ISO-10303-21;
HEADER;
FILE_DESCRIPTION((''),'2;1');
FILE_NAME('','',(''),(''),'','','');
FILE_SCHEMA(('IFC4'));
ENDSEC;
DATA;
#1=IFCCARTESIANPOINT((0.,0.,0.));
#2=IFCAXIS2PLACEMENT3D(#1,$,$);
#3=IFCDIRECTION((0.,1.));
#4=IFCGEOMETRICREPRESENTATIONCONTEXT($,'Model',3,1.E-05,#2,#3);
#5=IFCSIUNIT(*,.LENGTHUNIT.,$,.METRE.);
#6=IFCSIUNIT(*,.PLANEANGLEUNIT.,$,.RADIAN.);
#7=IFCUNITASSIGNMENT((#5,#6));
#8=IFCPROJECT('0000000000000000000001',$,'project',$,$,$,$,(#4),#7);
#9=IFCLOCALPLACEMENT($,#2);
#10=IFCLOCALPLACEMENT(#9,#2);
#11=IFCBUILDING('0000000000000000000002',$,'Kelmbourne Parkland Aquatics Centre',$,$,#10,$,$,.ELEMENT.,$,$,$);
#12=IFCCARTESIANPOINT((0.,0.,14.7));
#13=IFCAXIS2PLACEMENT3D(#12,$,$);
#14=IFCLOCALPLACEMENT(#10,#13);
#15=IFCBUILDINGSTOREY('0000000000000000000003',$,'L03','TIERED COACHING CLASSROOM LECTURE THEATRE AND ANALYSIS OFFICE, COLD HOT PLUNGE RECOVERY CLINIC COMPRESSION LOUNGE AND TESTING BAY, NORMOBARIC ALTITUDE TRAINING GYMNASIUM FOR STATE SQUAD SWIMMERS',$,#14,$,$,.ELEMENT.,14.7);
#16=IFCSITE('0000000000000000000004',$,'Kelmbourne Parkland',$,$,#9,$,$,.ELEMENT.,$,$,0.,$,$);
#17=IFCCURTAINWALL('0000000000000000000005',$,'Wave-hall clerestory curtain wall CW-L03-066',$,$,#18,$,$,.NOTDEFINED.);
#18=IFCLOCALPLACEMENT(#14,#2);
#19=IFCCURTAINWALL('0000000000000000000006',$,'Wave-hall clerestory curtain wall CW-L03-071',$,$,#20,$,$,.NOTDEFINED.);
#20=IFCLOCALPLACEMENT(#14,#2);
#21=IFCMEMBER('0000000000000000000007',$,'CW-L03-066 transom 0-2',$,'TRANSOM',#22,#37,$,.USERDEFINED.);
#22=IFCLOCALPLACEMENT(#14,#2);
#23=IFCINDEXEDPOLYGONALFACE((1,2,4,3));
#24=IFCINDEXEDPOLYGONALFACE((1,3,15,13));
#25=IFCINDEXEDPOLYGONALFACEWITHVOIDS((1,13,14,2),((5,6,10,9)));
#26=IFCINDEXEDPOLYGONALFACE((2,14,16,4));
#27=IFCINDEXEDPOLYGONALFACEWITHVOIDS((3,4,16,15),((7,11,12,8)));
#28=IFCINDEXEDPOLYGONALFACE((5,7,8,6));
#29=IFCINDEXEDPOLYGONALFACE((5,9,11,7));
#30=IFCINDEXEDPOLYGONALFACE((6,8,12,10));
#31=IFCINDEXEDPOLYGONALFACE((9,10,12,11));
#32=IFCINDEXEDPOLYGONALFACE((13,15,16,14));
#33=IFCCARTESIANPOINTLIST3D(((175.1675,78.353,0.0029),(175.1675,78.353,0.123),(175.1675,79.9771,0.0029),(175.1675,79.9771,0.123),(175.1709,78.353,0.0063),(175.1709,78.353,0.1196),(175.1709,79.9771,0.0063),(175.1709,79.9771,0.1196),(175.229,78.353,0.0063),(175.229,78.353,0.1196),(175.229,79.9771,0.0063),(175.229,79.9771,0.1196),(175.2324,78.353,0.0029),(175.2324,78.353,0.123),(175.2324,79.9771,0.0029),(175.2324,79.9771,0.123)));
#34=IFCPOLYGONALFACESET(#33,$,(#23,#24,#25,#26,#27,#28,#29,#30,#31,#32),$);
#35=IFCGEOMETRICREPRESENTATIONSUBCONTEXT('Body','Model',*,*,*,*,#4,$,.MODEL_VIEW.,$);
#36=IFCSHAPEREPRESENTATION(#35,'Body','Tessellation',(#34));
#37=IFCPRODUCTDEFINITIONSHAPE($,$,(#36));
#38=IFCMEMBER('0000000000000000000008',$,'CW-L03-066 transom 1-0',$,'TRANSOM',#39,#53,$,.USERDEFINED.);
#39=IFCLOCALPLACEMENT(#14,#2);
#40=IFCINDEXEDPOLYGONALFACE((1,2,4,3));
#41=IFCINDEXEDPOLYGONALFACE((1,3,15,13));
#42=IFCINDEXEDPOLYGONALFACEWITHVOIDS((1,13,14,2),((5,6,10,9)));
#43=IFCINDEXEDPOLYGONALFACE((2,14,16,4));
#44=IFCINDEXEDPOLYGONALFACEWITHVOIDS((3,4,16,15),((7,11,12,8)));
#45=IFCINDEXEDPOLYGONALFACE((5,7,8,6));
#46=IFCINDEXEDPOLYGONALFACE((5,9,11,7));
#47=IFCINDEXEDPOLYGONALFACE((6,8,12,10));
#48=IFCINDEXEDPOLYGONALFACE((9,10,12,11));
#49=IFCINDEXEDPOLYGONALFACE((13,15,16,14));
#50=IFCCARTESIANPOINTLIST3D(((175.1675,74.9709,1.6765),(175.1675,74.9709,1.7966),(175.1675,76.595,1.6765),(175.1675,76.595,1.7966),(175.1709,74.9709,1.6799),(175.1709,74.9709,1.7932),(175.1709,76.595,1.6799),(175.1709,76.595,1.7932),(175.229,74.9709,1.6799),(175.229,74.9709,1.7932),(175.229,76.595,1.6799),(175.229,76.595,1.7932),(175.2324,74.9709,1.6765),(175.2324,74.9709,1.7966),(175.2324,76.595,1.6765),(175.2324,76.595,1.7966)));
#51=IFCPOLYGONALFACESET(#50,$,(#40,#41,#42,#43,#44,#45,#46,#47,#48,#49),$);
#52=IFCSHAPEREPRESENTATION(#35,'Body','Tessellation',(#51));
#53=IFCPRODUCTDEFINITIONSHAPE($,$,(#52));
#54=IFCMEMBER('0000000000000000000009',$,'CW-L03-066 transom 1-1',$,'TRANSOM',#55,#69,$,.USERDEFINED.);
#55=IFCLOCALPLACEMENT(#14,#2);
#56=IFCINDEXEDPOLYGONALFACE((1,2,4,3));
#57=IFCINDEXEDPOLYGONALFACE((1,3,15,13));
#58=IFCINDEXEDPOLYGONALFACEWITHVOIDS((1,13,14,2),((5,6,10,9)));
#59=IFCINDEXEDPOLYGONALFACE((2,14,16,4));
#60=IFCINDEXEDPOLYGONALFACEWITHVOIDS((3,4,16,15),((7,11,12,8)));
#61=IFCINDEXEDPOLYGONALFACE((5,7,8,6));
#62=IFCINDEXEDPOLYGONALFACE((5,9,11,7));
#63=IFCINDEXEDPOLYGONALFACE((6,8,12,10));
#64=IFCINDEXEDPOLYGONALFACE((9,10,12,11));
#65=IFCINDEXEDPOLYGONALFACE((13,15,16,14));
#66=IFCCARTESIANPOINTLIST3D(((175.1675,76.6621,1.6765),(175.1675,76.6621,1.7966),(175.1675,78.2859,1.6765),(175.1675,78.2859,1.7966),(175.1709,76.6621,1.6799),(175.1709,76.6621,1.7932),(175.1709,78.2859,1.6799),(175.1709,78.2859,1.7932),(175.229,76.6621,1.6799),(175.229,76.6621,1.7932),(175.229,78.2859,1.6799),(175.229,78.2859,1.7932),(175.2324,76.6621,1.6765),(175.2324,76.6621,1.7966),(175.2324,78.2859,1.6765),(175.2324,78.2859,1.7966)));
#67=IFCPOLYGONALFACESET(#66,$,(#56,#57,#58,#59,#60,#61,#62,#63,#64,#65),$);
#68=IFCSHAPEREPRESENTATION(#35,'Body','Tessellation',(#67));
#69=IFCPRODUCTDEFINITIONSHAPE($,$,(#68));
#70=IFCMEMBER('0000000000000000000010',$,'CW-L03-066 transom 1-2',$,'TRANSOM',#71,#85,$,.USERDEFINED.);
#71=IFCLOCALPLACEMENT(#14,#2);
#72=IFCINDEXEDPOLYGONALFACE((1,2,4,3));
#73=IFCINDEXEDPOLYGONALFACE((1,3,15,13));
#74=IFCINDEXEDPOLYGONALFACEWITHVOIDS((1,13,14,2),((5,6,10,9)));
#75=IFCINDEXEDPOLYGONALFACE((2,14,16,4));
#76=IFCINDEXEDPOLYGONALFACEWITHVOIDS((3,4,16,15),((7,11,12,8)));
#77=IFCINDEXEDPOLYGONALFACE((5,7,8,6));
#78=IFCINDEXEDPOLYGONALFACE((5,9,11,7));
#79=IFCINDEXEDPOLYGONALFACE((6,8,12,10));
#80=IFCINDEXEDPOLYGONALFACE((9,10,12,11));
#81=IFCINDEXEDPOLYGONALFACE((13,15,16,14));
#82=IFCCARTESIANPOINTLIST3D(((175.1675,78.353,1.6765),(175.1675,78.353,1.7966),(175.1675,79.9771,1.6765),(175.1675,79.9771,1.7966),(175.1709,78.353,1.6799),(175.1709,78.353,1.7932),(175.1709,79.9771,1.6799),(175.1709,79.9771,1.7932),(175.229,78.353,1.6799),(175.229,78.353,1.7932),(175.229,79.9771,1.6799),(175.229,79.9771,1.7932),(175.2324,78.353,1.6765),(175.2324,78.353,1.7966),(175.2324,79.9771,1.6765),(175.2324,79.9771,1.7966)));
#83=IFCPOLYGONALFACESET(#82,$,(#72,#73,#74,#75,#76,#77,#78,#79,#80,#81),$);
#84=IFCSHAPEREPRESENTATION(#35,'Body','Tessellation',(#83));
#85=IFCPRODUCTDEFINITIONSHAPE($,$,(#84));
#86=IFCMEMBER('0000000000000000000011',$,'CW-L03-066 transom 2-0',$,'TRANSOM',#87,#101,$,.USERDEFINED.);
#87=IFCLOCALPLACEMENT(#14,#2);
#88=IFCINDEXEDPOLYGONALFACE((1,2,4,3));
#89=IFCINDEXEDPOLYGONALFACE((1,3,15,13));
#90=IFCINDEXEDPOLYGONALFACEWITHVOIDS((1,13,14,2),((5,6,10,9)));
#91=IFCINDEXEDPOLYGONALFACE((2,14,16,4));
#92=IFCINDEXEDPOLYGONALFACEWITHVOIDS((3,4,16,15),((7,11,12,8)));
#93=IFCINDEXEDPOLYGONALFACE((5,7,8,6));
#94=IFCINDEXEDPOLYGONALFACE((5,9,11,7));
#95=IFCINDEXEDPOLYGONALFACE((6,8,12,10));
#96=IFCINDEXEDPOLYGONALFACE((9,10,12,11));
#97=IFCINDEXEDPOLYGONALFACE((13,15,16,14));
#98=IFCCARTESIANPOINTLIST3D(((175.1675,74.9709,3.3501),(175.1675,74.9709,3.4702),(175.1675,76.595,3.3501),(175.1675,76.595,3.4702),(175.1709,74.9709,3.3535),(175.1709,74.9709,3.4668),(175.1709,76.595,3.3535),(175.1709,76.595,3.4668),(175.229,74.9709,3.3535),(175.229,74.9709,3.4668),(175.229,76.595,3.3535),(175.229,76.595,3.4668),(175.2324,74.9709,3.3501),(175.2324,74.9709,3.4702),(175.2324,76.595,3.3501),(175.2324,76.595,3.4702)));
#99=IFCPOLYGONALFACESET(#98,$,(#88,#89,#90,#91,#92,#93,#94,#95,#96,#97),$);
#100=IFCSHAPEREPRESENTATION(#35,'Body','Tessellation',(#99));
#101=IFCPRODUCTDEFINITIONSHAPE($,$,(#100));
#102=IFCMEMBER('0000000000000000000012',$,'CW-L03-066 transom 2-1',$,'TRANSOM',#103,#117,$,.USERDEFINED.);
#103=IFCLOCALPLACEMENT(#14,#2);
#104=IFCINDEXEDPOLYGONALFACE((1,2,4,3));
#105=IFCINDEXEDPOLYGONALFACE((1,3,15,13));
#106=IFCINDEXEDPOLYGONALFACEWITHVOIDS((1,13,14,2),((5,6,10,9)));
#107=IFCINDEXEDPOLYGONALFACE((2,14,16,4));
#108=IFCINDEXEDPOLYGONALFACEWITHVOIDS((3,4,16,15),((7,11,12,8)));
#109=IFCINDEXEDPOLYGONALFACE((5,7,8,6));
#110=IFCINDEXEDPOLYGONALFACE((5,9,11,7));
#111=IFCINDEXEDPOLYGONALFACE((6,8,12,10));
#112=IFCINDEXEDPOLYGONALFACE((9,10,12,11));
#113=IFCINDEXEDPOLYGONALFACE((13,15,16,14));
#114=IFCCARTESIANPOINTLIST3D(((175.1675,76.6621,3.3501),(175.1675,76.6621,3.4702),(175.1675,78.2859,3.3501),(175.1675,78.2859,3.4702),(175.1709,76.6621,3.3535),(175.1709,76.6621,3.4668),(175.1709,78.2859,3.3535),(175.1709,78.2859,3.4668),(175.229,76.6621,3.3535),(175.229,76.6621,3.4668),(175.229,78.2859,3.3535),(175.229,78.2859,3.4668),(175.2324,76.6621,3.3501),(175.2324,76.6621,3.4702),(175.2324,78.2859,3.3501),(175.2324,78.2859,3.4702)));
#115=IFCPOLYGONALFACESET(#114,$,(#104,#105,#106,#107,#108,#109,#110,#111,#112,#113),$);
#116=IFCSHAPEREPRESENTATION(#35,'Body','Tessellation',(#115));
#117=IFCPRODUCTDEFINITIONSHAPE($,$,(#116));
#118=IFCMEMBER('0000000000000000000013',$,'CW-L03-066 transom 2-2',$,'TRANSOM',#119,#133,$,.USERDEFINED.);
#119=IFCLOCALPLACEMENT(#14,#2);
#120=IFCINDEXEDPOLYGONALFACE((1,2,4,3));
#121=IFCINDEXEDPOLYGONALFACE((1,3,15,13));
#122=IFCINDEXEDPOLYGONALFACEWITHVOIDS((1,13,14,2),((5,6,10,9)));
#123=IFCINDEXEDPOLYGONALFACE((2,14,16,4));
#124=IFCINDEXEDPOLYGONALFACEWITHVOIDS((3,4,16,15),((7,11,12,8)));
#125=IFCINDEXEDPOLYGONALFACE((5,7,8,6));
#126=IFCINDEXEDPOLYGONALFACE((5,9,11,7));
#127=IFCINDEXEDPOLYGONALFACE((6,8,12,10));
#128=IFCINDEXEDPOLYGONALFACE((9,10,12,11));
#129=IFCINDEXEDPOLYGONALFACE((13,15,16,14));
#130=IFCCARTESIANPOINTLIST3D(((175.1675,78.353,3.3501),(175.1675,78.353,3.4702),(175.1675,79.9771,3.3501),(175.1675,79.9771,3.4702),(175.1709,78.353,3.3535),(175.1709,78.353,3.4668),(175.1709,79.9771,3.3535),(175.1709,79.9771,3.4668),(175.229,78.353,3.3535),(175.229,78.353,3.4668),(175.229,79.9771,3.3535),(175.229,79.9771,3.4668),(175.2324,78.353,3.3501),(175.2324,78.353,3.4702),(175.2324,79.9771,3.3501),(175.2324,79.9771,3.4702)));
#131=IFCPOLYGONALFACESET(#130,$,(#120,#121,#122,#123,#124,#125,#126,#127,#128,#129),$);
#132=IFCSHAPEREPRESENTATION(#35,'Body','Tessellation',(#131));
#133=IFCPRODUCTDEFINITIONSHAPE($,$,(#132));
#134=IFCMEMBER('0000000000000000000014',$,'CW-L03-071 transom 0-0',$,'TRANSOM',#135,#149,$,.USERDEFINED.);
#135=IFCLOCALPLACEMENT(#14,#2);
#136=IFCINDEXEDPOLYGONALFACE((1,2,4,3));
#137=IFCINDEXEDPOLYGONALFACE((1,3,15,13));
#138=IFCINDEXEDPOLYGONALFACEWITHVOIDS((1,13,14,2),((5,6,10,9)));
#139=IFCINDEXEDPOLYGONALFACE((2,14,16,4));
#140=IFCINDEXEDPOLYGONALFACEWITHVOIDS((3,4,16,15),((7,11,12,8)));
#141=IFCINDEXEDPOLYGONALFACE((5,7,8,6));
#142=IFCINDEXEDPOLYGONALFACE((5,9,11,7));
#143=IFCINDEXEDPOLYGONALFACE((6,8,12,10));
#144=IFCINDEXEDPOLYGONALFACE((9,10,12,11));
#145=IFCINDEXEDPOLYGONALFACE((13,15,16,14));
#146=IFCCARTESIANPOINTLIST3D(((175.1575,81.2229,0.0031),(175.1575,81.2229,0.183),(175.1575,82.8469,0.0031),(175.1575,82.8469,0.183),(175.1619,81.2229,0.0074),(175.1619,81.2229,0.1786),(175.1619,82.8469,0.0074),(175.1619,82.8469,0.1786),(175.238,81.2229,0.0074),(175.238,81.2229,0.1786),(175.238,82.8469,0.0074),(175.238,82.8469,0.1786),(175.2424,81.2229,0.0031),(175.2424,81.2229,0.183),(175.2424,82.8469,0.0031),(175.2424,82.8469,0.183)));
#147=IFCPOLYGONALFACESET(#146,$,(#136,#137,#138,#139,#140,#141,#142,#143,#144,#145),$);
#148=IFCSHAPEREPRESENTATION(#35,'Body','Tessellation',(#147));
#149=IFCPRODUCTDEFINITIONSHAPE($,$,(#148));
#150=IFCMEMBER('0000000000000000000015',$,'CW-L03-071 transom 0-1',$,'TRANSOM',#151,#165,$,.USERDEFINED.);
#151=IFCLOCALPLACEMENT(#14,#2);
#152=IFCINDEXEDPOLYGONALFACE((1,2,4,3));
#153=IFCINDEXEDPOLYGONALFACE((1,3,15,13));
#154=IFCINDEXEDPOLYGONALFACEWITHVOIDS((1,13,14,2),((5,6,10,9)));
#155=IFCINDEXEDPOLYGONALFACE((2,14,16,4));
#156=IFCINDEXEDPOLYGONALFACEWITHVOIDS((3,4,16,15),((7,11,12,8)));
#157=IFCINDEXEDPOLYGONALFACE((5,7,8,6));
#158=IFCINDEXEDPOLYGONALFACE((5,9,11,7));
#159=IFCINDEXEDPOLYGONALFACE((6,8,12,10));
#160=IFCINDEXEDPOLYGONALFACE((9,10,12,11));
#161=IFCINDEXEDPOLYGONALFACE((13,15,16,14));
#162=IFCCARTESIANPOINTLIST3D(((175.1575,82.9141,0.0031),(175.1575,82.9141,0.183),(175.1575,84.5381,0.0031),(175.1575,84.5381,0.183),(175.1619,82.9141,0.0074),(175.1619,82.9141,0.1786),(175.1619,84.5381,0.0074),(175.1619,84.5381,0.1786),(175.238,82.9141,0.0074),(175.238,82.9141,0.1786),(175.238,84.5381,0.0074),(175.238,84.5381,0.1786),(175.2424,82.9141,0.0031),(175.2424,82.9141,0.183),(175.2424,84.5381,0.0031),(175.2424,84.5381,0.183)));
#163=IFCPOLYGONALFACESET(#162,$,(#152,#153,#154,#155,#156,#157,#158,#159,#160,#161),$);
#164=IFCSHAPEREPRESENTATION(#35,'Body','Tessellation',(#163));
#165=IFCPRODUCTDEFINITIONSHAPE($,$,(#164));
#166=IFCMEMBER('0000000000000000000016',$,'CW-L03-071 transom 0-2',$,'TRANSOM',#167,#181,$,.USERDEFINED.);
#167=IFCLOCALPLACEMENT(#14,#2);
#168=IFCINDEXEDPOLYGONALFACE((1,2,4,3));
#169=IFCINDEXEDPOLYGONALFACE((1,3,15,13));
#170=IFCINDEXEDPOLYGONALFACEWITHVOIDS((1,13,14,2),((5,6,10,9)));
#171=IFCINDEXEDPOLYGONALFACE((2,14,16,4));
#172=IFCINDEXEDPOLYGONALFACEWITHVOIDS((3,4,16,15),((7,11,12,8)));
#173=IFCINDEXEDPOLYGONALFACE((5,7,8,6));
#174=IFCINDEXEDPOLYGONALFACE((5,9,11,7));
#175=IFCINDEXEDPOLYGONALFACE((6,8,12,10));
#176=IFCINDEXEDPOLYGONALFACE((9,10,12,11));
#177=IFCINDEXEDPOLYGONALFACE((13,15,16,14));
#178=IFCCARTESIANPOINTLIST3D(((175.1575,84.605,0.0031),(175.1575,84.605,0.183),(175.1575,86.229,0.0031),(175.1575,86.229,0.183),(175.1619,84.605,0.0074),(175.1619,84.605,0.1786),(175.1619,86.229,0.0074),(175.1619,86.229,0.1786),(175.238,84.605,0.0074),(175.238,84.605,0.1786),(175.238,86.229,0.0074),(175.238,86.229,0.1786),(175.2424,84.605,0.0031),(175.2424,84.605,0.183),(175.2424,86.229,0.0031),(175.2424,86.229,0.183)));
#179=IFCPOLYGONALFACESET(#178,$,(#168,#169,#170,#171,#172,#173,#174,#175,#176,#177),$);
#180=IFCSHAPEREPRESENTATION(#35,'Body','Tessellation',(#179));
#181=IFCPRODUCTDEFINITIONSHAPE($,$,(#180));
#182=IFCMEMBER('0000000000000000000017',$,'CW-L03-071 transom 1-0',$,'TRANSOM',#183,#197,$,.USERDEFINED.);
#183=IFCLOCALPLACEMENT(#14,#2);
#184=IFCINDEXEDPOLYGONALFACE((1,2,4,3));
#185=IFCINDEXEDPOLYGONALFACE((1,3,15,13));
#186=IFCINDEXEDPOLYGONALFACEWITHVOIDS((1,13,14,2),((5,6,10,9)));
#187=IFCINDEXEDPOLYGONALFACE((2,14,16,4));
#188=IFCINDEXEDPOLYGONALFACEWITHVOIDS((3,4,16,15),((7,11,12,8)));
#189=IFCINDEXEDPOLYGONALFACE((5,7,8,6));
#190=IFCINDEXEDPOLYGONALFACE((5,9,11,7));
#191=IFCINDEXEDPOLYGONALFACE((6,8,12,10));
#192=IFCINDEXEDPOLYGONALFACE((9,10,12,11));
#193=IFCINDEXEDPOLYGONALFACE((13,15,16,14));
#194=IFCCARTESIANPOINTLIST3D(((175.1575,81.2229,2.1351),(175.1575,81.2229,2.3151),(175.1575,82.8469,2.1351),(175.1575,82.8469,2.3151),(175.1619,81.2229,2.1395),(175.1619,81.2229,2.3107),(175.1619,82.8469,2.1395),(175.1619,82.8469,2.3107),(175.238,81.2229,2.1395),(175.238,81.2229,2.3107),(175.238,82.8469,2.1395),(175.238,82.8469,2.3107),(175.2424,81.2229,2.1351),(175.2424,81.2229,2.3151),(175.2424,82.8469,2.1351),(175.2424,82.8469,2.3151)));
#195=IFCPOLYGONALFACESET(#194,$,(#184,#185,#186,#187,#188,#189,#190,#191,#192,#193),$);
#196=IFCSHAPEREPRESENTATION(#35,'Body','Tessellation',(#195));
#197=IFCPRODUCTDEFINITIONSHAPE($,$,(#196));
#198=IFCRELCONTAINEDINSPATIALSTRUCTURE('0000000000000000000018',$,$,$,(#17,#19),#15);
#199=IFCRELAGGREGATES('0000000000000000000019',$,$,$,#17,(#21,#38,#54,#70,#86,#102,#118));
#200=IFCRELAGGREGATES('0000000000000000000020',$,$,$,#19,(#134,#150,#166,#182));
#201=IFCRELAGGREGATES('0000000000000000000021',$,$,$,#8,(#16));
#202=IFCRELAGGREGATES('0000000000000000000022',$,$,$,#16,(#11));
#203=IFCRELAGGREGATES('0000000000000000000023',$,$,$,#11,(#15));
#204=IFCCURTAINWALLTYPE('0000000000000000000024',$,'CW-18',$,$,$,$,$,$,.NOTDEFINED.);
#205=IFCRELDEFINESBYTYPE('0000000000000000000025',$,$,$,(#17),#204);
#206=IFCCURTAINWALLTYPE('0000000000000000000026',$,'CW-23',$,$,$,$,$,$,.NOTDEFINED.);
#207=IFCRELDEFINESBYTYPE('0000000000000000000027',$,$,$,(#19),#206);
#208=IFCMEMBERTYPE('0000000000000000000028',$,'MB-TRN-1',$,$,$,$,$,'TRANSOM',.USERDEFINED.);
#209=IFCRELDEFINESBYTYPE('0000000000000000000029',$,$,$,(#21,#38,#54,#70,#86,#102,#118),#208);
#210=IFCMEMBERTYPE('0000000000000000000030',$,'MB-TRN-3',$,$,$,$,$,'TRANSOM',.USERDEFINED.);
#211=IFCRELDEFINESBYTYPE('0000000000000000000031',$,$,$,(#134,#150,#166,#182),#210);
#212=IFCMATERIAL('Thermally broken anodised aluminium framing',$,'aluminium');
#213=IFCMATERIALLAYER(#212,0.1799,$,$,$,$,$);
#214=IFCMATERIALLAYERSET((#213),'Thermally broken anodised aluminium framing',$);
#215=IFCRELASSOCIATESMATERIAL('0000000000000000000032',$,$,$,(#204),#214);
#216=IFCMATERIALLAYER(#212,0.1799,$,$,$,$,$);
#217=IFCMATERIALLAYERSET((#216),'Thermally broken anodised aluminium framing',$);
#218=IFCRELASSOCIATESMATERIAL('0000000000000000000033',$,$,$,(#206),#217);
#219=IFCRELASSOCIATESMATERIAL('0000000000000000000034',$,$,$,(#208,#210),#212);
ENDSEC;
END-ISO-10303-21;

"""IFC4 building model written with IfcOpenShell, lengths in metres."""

from ifc_helpers import new_model, si_unit, direction, frame, origin, origin_2d, place, context, subcontext, project, spatial, hollow_rectangle, extrude, material, layer, layer_set, material_profile, profile_set, type_object, element, aggregate, save


model = new_model("IFC4")

# Units and contexts
model_context = context("Model", 3, precision=1e-05, world=origin(), true_north=direction((0.0, 1.0)))
body_context = subcontext(model_context, "Body", "Model", "MODEL_VIEW")
ifc_project = project(units=[si_unit("LENGTHUNIT", "METRE"), si_unit("PLANEANGLEUNIT", "RADIAN")], contexts=[model_context])

# Site, building, storey
site_placement = place(None, origin())
site = spatial("IfcSite", under=ifc_project, at=site_placement, Name="Kelmbourne Parkland", CompositionType="ELEMENT", RefElevation=0.0)
building_placement = place(site_placement, origin())
building = spatial("IfcBuilding", under=site, at=building_placement, Name="Kelmbourne Parkland Aquatics Centre", CompositionType="ELEMENT")
storey_placement = place(building_placement, frame((0.0, 0.0, 14.7)))
storey = spatial("IfcBuildingStorey", under=building, at=storey_placement, Name="L03", Description="TIERED COACHING CLASSROOM LECTURE THEATRE AND ANALYSIS OFFICE, COLD HOT PLUNGE RECOVERY CLINIC COMPRESSION LOUNGE AND TESTING BAY, NORMOBARIC ALTITUDE TRAINING GYMNASIUM FOR STATE SQUAD SWIMMERS", CompositionType="ELEMENT", Elevation=14.7)

# Shared definitions
ifc_material_1 = material(Name="Thermally broken anodised aluminium framing", Category="aluminium")

# Curtain walls
ifc_layer_1 = layer(ifc_material_1, 0.1799)
ifc_layer_set_1 = layer_set([ifc_layer_1], Name="Thermally broken anodised aluminium framing")
curtain_wall_type_1 = type_object("IfcCurtainWallType", Name="CW-18", PredefinedType="NOTDEFINED", material=ifc_layer_set_1)
curtain_wall_1_placement = place(storey_placement, origin())
curtain_wall_1 = element("IfcCurtainWall", 1, at=curtain_wall_1_placement, inside=storey, type_object=curtain_wall_type_1, Name="Wave-hall clerestory curtain wall CW-L03-066", PredefinedType="NOTDEFINED")
ifc_layer_2 = layer(ifc_material_1, 0.1799)
ifc_layer_set_2 = layer_set([ifc_layer_2], Name="Thermally broken anodised aluminium framing")
curtain_wall_type_2 = type_object("IfcCurtainWallType", Name="CW-23", PredefinedType="NOTDEFINED", material=ifc_layer_set_2)
curtain_wall_2_placement = place(storey_placement, origin())
curtain_wall_2 = element("IfcCurtainWall", 2, at=curtain_wall_2_placement, inside=storey, type_object=curtain_wall_type_2, Name="Wave-hall clerestory curtain wall CW-L03-071", PredefinedType="NOTDEFINED")

# Members
ifc_material_profile_1 = material_profile(ifc_material_1, hollow_rectangle(XDim=0.0649, YDim=0.1201, WallThickness=0.0034, at=origin_2d()), Name="CW-T 65x120")
ifc_profile_set_1 = profile_set([ifc_material_profile_1], Name="Thermally broken anodised aluminium framing")
member_type_1 = type_object("IfcMemberType", Name="MB-TRN-1", ElementType="TRANSOM", PredefinedType="USERDEFINED", material=ifc_profile_set_1)
member_1_placement = place(storey_placement, frame((175.2, 78.353, 0.063), z_axis=(0.0, 1.0, 0.0), x_axis=(-1.0, 0.0, 0.0)))
member_1 = element("IfcMember", 3, at=member_1_placement, type_object=member_type_1, Name="CW-L03-066 transom 0-2", ObjectType="TRANSOM", PredefinedType="USERDEFINED", context=body_context, shape_type="SweptSolid", body=[
    extrude(hollow_rectangle(XDim=0.0649, YDim=0.1201, WallThickness=0.0034, at=origin_2d()), origin(), (0.0, 0.0, 1.0), 1.624),
])
member_2_placement = place(storey_placement, frame((175.2, 74.9709, 1.7366), z_axis=(0.0, 1.0, 0.0), x_axis=(-1.0, 0.0, 0.0)))
member_2 = element("IfcMember", 4, at=member_2_placement, type_object=member_type_1, Name="CW-L03-066 transom 1-0", ObjectType="TRANSOM", PredefinedType="USERDEFINED", context=body_context, shape_type="SweptSolid", body=[
    extrude(hollow_rectangle(XDim=0.0649, YDim=0.1201, WallThickness=0.0034, at=origin_2d()), origin(), (0.0, 0.0, 1.0), 1.624),
])
member_3_placement = place(storey_placement, frame((175.2, 76.6621, 1.7366), z_axis=(0.0, 1.0, 0.0), x_axis=(-1.0, 0.0, 0.0)))
member_3 = element("IfcMember", 5, at=member_3_placement, type_object=member_type_1, Name="CW-L03-066 transom 1-1", ObjectType="TRANSOM", PredefinedType="USERDEFINED", context=body_context, shape_type="SweptSolid", body=[
    extrude(hollow_rectangle(XDim=0.0649, YDim=0.1201, WallThickness=0.0034, at=origin_2d()), origin(), (0.0, 0.0, 1.0), 1.6238),
])
member_4_placement = place(storey_placement, frame((175.2, 78.353, 1.7366), z_axis=(0.0, 1.0, 0.0), x_axis=(-1.0, 0.0, 0.0)))
member_4 = element("IfcMember", 6, at=member_4_placement, type_object=member_type_1, Name="CW-L03-066 transom 1-2", ObjectType="TRANSOM", PredefinedType="USERDEFINED", context=body_context, shape_type="SweptSolid", body=[
    extrude(hollow_rectangle(XDim=0.0649, YDim=0.1201, WallThickness=0.0034, at=origin_2d()), origin(), (0.0, 0.0, 1.0), 1.624),
])
member_5_placement = place(storey_placement, frame((175.2, 74.9709, 3.4102), z_axis=(0.0, 1.0, 0.0), x_axis=(-1.0, 0.0, 0.0)))
member_5 = element("IfcMember", 7, at=member_5_placement, type_object=member_type_1, Name="CW-L03-066 transom 2-0", ObjectType="TRANSOM", PredefinedType="USERDEFINED", context=body_context, shape_type="SweptSolid", body=[
    extrude(hollow_rectangle(XDim=0.0649, YDim=0.1201, WallThickness=0.0034, at=origin_2d()), origin(), (0.0, 0.0, 1.0), 1.624),
])
member_6_placement = place(storey_placement, frame((175.2, 76.6621, 3.4102), z_axis=(0.0, 1.0, 0.0), x_axis=(-1.0, 0.0, 0.0)))
member_6 = element("IfcMember", 8, at=member_6_placement, type_object=member_type_1, Name="CW-L03-066 transom 2-1", ObjectType="TRANSOM", PredefinedType="USERDEFINED", context=body_context, shape_type="SweptSolid", body=[
    extrude(hollow_rectangle(XDim=0.0649, YDim=0.1201, WallThickness=0.0034, at=origin_2d()), origin(), (0.0, 0.0, 1.0), 1.6238),
])
member_7_placement = place(storey_placement, frame((175.2, 78.353, 3.4102), z_axis=(0.0, 1.0, 0.0), x_axis=(-1.0, 0.0, 0.0)))
member_7 = element("IfcMember", 9, at=member_7_placement, type_object=member_type_1, Name="CW-L03-066 transom 2-2", ObjectType="TRANSOM", PredefinedType="USERDEFINED", context=body_context, shape_type="SweptSolid", body=[
    extrude(hollow_rectangle(XDim=0.0649, YDim=0.1201, WallThickness=0.0034, at=origin_2d()), origin(), (0.0, 0.0, 1.0), 1.624),
])
ifc_material_profile_2 = material_profile(ifc_material_1, hollow_rectangle(XDim=0.085, YDim=0.1799, WallThickness=0.0044, at=origin_2d()), Name="CW-T 85x180")
ifc_profile_set_2 = profile_set([ifc_material_profile_2], Name="Thermally broken anodised aluminium framing")
member_type_2 = type_object("IfcMemberType", Name="MB-TRN-3", ElementType="TRANSOM", PredefinedType="USERDEFINED", material=ifc_profile_set_2)
member_8_placement = place(storey_placement, frame((175.2, 81.2229, 0.093), z_axis=(0.0, 1.0, 0.0), x_axis=(-1.0, 0.0, 0.0)))
member_8 = element("IfcMember", 10, at=member_8_placement, type_object=member_type_2, Name="CW-L03-071 transom 0-0", ObjectType="TRANSOM", PredefinedType="USERDEFINED", context=body_context, shape_type="SweptSolid", body=[
    extrude(hollow_rectangle(XDim=0.085, YDim=0.1799, WallThickness=0.0044, at=origin_2d()), origin(), (0.0, 0.0, 1.0), 1.624),
])
member_9_placement = place(storey_placement, frame((175.2, 82.9141, 0.093), z_axis=(0.0, 1.0, 0.0), x_axis=(-1.0, 0.0, 0.0)))
member_9 = element("IfcMember", 11, at=member_9_placement, type_object=member_type_2, Name="CW-L03-071 transom 0-1", ObjectType="TRANSOM", PredefinedType="USERDEFINED", context=body_context, shape_type="SweptSolid", body=[
    extrude(hollow_rectangle(XDim=0.085, YDim=0.1799, WallThickness=0.0044, at=origin_2d()), origin(), (0.0, 0.0, 1.0), 1.624),
])
member_10_placement = place(storey_placement, frame((175.2, 84.605, 0.093), z_axis=(0.0, 1.0, 0.0), x_axis=(-1.0, 0.0, 0.0)))
member_10 = element("IfcMember", 12, at=member_10_placement, type_object=member_type_2, Name="CW-L03-071 transom 0-2", ObjectType="TRANSOM", PredefinedType="USERDEFINED", context=body_context, shape_type="SweptSolid", body=[
    extrude(hollow_rectangle(XDim=0.085, YDim=0.1799, WallThickness=0.0044, at=origin_2d()), origin(), (0.0, 0.0, 1.0), 1.624),
])
member_11_placement = place(storey_placement, frame((175.2, 81.2229, 2.2251), z_axis=(0.0, 1.0, 0.0), x_axis=(-1.0, 0.0, 0.0)))
member_11 = element("IfcMember", 13, at=member_11_placement, type_object=member_type_2, Name="CW-L03-071 transom 1-0", ObjectType="TRANSOM", PredefinedType="USERDEFINED", context=body_context, shape_type="SweptSolid", body=[
    extrude(hollow_rectangle(XDim=0.085, YDim=0.1799, WallThickness=0.0044, at=origin_2d()), origin(), (0.0, 0.0, 1.0), 1.624),
])

aggregate(curtain_wall_1, [member_1, member_2, member_3, member_4, member_5, member_6, member_7])
aggregate(curtain_wall_2, [member_8, member_9, member_10, member_11])

save(model, "model.ifc")
